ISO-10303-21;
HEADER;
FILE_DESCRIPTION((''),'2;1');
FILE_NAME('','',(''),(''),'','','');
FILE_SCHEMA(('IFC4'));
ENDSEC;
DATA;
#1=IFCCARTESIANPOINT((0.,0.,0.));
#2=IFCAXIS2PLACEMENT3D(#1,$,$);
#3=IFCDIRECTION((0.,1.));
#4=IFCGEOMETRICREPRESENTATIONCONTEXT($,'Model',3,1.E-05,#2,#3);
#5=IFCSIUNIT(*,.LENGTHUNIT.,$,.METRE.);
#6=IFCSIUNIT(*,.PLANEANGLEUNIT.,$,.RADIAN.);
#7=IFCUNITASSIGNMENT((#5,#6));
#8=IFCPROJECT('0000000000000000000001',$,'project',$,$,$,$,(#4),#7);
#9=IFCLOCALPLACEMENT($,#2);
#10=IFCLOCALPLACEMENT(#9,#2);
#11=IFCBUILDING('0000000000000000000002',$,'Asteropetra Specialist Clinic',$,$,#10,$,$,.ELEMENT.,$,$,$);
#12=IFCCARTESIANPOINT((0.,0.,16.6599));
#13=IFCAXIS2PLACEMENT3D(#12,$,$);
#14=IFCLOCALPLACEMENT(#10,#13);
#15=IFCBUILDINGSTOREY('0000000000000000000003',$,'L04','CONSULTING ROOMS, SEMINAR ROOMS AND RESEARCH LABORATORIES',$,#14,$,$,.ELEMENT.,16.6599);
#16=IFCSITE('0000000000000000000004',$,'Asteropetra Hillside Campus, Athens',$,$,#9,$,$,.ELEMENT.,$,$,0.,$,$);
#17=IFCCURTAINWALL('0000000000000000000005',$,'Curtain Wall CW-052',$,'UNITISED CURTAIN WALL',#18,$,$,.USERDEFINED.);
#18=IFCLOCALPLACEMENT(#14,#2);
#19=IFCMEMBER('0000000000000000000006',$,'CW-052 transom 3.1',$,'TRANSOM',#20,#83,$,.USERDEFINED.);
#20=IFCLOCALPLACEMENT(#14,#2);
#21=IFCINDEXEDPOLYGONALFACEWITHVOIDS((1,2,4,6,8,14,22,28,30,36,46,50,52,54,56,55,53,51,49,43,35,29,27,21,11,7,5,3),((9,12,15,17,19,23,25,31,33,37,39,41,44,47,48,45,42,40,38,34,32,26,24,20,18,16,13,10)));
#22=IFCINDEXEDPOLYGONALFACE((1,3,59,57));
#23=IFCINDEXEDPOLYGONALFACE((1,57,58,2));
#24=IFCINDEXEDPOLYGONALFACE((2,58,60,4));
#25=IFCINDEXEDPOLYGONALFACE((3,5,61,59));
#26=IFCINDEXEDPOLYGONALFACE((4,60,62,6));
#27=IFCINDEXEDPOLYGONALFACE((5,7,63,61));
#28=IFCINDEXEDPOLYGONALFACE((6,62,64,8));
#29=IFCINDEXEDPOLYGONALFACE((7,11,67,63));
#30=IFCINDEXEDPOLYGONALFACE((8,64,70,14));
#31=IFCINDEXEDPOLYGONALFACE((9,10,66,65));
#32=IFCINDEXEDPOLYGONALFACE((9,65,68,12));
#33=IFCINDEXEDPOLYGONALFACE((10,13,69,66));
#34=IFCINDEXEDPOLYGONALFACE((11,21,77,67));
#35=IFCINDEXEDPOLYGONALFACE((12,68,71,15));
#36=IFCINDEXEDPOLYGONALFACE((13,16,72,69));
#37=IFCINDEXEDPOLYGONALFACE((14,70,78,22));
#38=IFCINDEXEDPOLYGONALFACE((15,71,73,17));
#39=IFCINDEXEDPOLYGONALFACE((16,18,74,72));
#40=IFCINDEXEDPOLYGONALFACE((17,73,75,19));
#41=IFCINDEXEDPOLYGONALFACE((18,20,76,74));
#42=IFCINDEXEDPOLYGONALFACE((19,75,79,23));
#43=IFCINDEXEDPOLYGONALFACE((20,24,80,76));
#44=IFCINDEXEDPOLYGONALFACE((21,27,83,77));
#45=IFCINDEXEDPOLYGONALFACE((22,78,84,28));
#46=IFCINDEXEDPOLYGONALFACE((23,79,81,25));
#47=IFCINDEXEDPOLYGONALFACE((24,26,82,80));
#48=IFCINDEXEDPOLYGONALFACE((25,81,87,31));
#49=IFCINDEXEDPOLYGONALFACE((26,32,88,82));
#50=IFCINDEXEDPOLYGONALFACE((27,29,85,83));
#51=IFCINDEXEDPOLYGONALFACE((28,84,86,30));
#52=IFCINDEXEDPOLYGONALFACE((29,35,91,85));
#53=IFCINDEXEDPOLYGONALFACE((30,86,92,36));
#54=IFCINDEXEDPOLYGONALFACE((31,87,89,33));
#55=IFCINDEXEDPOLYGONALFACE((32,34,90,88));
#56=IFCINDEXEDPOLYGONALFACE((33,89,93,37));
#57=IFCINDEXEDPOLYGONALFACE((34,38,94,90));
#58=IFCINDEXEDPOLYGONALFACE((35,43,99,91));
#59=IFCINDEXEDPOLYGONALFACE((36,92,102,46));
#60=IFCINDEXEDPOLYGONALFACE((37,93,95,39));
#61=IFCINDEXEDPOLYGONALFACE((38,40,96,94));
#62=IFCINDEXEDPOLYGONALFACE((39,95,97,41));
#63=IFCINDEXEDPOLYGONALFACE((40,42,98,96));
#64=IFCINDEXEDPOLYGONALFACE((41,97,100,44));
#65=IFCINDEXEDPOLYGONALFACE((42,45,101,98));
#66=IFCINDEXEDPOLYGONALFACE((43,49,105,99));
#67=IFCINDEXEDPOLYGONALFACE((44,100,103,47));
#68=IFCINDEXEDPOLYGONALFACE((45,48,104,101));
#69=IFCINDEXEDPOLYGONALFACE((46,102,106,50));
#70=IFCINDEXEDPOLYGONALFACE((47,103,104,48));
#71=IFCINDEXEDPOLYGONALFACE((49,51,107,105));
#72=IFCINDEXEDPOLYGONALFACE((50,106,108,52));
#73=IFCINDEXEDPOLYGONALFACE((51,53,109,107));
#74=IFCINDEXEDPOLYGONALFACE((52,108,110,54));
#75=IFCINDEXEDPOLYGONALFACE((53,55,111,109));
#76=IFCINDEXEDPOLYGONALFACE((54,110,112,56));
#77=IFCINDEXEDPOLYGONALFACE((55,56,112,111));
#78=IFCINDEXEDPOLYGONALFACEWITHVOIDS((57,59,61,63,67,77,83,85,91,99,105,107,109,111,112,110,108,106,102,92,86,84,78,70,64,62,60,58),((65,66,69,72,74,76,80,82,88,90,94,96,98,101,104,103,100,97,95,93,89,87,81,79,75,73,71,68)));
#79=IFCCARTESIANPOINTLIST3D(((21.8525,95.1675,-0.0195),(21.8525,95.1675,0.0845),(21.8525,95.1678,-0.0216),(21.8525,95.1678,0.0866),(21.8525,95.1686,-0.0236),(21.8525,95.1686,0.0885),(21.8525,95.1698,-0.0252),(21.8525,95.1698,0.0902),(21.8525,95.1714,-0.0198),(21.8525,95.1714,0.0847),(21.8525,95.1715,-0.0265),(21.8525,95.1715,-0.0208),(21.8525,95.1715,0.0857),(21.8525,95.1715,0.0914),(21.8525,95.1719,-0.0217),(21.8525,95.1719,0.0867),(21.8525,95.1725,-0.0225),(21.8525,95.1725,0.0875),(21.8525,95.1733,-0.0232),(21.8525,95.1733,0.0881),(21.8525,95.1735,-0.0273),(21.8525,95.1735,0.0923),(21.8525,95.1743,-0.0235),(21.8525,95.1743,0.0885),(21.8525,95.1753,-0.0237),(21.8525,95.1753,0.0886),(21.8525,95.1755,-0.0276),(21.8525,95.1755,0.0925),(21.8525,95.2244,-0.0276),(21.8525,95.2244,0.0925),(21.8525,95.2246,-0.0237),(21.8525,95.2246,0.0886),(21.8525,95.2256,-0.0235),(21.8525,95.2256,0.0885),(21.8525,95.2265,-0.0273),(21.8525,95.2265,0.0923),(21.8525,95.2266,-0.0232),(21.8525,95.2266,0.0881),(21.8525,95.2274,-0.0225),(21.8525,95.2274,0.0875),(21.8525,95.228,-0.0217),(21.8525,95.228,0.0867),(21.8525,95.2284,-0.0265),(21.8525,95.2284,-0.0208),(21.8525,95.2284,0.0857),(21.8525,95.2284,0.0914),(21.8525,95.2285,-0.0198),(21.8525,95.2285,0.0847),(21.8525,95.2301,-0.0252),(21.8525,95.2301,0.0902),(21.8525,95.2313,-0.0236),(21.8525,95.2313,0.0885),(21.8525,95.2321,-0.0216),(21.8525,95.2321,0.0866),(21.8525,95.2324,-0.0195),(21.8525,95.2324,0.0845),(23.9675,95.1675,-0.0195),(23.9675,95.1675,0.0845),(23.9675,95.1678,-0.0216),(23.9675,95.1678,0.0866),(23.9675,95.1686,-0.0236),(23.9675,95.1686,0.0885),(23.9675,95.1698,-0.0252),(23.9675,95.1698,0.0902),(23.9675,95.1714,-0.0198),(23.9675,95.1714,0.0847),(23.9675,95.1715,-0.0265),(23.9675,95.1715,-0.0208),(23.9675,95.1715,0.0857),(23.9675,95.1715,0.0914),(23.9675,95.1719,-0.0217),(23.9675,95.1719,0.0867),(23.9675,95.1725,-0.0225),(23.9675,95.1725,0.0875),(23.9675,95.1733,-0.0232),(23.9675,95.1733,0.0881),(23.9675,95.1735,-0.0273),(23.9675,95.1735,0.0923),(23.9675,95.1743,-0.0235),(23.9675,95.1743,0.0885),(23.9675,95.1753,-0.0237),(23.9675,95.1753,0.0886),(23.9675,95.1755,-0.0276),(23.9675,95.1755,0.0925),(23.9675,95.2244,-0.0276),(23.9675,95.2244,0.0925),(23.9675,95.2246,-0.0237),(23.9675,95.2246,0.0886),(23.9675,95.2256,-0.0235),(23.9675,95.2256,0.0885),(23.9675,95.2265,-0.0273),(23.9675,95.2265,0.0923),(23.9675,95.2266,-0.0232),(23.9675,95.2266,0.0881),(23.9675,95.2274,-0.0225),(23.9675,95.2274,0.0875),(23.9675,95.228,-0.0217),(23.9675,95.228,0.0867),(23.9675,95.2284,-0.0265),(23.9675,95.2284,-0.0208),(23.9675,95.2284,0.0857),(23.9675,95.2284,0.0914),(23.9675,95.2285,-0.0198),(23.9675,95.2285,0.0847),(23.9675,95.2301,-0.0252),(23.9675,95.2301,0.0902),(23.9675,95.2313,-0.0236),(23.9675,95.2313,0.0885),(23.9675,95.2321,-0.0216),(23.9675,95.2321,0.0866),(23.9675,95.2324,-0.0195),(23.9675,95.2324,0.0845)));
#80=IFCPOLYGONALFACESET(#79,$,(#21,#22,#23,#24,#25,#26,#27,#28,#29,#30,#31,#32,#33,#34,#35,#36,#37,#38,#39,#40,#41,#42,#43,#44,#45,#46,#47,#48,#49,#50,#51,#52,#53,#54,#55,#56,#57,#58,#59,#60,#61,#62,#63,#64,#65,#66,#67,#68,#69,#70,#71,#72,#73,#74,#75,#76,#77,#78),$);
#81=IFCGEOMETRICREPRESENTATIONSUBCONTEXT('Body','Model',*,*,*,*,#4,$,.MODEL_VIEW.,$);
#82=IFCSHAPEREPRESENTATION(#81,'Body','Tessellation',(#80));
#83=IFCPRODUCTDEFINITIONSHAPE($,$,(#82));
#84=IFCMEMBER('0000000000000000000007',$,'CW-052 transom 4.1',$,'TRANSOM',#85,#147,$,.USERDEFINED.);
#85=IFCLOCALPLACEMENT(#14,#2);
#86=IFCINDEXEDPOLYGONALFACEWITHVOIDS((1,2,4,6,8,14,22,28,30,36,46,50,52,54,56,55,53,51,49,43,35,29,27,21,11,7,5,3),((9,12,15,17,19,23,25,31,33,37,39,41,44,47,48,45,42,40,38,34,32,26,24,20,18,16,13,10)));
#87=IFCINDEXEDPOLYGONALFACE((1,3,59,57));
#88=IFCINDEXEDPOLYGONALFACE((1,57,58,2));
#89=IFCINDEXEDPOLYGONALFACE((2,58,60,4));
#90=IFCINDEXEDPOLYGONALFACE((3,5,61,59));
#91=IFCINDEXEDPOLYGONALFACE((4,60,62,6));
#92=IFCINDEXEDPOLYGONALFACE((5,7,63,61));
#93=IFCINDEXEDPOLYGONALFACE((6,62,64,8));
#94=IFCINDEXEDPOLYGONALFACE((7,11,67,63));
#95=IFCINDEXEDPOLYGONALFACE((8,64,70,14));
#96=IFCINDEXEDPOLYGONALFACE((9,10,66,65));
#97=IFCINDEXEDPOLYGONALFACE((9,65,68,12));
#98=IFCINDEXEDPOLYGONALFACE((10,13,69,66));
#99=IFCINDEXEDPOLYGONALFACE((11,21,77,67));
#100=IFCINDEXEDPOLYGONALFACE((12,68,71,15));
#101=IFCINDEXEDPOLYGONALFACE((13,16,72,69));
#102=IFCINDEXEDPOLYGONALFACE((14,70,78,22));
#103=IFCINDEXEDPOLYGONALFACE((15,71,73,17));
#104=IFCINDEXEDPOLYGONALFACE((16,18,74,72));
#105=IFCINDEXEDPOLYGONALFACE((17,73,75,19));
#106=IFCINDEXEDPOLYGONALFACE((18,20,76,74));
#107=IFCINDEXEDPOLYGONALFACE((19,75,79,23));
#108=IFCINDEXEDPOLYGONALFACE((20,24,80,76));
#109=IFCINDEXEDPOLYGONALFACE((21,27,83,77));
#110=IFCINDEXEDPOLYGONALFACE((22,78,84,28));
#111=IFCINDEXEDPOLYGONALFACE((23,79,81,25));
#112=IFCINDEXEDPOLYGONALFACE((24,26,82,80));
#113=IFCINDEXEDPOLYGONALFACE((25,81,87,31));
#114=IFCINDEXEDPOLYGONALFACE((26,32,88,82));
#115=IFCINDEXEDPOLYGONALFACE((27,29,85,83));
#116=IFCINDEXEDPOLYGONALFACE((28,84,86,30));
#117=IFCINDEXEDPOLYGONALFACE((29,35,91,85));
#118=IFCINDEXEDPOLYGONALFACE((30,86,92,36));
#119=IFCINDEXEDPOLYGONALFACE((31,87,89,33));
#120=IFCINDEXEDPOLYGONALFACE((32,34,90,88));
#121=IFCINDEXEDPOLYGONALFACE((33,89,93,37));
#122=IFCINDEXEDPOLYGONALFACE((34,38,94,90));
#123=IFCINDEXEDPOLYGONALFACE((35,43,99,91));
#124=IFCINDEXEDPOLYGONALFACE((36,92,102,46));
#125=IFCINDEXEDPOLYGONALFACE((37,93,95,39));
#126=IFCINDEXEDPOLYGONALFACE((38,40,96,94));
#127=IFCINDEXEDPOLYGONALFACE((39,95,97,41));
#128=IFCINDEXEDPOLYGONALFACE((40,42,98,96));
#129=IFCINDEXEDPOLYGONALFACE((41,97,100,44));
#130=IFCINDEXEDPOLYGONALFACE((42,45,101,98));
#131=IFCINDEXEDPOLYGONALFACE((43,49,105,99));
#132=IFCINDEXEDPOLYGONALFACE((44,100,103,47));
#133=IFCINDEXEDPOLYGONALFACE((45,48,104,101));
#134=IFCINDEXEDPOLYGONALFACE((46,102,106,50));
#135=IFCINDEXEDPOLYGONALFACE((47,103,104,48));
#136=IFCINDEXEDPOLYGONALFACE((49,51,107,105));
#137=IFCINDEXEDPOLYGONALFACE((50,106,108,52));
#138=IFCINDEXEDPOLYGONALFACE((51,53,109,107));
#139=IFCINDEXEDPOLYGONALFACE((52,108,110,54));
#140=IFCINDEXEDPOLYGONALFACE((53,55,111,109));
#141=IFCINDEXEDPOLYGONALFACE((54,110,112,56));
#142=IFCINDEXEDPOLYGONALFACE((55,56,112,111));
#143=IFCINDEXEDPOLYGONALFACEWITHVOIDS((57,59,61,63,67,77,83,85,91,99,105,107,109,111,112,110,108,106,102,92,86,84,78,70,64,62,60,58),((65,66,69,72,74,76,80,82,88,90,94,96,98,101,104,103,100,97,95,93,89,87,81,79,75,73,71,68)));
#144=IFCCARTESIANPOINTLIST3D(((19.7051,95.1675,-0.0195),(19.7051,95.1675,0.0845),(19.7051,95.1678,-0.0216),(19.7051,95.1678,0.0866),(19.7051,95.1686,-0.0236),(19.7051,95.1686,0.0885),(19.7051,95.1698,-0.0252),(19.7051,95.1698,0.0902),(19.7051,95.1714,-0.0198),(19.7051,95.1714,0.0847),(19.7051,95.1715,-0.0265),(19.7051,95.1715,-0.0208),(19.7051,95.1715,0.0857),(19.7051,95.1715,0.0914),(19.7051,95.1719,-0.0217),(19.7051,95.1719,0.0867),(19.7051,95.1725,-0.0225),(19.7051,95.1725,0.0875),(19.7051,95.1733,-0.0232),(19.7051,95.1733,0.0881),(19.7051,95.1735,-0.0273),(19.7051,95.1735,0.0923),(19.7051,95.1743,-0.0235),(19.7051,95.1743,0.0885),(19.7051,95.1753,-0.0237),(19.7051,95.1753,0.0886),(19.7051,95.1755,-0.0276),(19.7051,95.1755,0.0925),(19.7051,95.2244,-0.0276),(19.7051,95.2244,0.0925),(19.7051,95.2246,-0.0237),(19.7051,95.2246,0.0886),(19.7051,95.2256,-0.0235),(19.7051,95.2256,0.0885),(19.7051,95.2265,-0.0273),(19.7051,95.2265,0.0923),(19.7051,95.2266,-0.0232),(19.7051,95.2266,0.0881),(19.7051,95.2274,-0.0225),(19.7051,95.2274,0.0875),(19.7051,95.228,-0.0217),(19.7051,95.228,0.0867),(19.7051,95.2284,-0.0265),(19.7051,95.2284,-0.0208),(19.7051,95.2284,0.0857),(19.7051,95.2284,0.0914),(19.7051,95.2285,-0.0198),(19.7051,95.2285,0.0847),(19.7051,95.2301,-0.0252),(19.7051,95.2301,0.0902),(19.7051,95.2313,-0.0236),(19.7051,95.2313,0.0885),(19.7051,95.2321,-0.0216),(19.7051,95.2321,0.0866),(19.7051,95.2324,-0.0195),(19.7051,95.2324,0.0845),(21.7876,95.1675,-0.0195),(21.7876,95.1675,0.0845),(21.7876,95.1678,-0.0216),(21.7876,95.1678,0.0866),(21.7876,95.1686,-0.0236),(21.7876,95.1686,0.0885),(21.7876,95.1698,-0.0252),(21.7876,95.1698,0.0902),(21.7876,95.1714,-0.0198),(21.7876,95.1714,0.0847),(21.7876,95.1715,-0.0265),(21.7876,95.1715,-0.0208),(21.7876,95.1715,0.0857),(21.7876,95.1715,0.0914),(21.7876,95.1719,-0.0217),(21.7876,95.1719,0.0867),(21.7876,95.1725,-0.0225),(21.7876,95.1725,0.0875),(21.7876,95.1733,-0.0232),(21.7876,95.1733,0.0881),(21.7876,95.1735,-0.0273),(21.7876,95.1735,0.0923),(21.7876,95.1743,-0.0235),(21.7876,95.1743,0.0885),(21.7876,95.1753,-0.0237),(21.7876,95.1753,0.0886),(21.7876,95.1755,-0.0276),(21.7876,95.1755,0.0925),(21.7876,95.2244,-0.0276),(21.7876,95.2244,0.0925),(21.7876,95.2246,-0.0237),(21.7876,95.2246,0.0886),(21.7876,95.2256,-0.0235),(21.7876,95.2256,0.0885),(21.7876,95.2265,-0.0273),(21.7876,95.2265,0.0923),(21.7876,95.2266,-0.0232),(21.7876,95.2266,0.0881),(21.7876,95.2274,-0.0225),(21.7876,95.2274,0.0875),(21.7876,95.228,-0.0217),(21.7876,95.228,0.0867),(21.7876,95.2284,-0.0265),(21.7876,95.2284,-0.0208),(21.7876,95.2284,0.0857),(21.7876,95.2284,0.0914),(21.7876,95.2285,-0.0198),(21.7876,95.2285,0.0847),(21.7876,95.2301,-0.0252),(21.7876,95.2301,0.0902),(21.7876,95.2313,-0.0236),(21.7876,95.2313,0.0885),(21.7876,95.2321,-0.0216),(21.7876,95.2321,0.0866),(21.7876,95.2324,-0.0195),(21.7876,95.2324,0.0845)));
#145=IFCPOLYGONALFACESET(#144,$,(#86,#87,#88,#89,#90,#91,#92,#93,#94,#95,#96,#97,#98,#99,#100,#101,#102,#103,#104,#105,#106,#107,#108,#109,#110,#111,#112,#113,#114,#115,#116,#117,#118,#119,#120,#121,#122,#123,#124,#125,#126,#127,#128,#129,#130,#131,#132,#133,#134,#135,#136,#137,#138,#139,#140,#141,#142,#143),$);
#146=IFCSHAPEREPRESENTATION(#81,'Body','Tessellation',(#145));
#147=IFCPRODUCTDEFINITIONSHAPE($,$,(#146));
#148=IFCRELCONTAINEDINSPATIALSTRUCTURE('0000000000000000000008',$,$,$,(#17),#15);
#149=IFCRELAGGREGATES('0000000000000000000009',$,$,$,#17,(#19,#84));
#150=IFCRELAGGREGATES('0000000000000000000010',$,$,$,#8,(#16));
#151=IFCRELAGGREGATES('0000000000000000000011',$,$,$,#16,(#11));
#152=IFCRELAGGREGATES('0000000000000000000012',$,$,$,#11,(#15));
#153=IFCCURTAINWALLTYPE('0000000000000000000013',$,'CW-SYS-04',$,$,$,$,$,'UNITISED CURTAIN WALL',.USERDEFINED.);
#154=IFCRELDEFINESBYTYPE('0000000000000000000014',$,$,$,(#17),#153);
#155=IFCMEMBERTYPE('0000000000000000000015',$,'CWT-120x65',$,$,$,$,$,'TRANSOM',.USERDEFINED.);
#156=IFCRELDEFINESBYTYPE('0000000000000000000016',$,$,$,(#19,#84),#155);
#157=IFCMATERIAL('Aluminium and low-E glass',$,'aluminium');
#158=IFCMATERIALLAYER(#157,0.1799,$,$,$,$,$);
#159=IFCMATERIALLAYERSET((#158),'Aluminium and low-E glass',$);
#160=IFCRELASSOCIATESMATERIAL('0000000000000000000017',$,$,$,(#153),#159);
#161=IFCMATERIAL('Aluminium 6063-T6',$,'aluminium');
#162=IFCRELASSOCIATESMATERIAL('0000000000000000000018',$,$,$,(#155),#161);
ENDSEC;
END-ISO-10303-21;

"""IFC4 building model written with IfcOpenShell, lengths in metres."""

from ifc_helpers import new_model, si_unit, direction, frame, origin, origin_2d, place, context, subcontext, project, spatial, hollow_rectangle, extrude, material, layer, layer_set, material_profile, profile_set, type_object, element, aggregate, save


model = new_model("IFC4")

# Units and contexts
model_context = context("Model", 3, precision=1e-05, world=origin(), true_north=direction((0.0, 1.0)))
body_context = subcontext(model_context, "Body", "Model", "MODEL_VIEW")
ifc_project = project(units=[si_unit("LENGTHUNIT", "METRE"), si_unit("PLANEANGLEUNIT", "RADIAN")], contexts=[model_context])

# Site, building, storey
site_placement = place(None, origin())
site = spatial("IfcSite", under=ifc_project, at=site_placement, Name="Asteropetra Hillside Campus, Athens", CompositionType="ELEMENT", RefElevation=0.0)
building_placement = place(site_placement, origin())
building = spatial("IfcBuilding", under=site, at=building_placement, Name="Asteropetra Specialist Clinic", CompositionType="ELEMENT")
storey_placement = place(building_placement, frame((0.0, 0.0, 16.6599)))
storey = spatial("IfcBuildingStorey", under=building, at=storey_placement, Name="L04", Description="CONSULTING ROOMS, SEMINAR ROOMS AND RESEARCH LABORATORIES", CompositionType="ELEMENT", Elevation=16.6599)

# Curtain wall
ifc_material_1 = material(Name="Aluminium and low-E glass", Category="aluminium")
ifc_layer_1 = layer(ifc_material_1, 0.1799)
ifc_layer_set_1 = layer_set([ifc_layer_1], Name="Aluminium and low-E glass")
curtain_wall_type_1 = type_object("IfcCurtainWallType", Name="CW-SYS-04", ElementType="UNITISED CURTAIN WALL", PredefinedType="USERDEFINED", material=ifc_layer_set_1)
curtain_wall_1_placement = place(storey_placement, origin())
curtain_wall_1 = element("IfcCurtainWall", 1, at=curtain_wall_1_placement, inside=storey, type_object=curtain_wall_type_1, Name="Curtain Wall CW-052", ObjectType="UNITISED CURTAIN WALL", PredefinedType="USERDEFINED")

# Members
ifc_material_2 = material(Name="Aluminium 6063-T6", Category="aluminium")
ifc_material_profile_1 = material_profile(ifc_material_2, hollow_rectangle(XDim=0.0649, YDim=0.1201, WallThickness=0.0039, InnerFilletRadius=0.0039, OuterFilletRadius=0.0081, at=origin_2d()), Name="TRN 120x65x4.0")
ifc_profile_set_1 = profile_set([ifc_material_profile_1], Name="Aluminium 6063-T6")
member_type_1 = type_object("IfcMemberType", Name="CWT-120x65", ElementType="TRANSOM", PredefinedType="USERDEFINED", material=ifc_profile_set_1)
member_1_placement = place(storey_placement, frame((23.9675, 95.2, 0.0325), z_axis=(-1.0, 0.0, 0.0), x_axis=(0.0, -1.0, 0.0)))
member_1 = element("IfcMember", 2, at=member_1_placement, type_object=member_type_1, Name="CW-052 transom 3.1", ObjectType="TRANSOM", PredefinedType="USERDEFINED", context=body_context, shape_type="SweptSolid", body=[
    extrude(hollow_rectangle(XDim=0.0649, YDim=0.1201, WallThickness=0.0039, InnerFilletRadius=0.0039, OuterFilletRadius=0.0081, at=origin_2d()), origin(), (0.0, 0.0, 1.0), 2.115),
])
member_2_placement = place(storey_placement, frame((21.7876, 95.2, 0.0325), z_axis=(-1.0, 0.0, 0.0), x_axis=(0.0, -1.0, 0.0)))
member_2 = element("IfcMember", 3, at=member_2_placement, type_object=member_type_1, Name="CW-052 transom 4.1", ObjectType="TRANSOM", PredefinedType="USERDEFINED", context=body_context, shape_type="SweptSolid", body=[
    extrude(hollow_rectangle(XDim=0.0649, YDim=0.1201, WallThickness=0.0039, InnerFilletRadius=0.0039, OuterFilletRadius=0.0081, at=origin_2d()), origin(), (0.0, 0.0, 1.0), 2.0825),
])

aggregate(curtain_wall_1, [member_1, member_2])

save(model, "model.ifc")
